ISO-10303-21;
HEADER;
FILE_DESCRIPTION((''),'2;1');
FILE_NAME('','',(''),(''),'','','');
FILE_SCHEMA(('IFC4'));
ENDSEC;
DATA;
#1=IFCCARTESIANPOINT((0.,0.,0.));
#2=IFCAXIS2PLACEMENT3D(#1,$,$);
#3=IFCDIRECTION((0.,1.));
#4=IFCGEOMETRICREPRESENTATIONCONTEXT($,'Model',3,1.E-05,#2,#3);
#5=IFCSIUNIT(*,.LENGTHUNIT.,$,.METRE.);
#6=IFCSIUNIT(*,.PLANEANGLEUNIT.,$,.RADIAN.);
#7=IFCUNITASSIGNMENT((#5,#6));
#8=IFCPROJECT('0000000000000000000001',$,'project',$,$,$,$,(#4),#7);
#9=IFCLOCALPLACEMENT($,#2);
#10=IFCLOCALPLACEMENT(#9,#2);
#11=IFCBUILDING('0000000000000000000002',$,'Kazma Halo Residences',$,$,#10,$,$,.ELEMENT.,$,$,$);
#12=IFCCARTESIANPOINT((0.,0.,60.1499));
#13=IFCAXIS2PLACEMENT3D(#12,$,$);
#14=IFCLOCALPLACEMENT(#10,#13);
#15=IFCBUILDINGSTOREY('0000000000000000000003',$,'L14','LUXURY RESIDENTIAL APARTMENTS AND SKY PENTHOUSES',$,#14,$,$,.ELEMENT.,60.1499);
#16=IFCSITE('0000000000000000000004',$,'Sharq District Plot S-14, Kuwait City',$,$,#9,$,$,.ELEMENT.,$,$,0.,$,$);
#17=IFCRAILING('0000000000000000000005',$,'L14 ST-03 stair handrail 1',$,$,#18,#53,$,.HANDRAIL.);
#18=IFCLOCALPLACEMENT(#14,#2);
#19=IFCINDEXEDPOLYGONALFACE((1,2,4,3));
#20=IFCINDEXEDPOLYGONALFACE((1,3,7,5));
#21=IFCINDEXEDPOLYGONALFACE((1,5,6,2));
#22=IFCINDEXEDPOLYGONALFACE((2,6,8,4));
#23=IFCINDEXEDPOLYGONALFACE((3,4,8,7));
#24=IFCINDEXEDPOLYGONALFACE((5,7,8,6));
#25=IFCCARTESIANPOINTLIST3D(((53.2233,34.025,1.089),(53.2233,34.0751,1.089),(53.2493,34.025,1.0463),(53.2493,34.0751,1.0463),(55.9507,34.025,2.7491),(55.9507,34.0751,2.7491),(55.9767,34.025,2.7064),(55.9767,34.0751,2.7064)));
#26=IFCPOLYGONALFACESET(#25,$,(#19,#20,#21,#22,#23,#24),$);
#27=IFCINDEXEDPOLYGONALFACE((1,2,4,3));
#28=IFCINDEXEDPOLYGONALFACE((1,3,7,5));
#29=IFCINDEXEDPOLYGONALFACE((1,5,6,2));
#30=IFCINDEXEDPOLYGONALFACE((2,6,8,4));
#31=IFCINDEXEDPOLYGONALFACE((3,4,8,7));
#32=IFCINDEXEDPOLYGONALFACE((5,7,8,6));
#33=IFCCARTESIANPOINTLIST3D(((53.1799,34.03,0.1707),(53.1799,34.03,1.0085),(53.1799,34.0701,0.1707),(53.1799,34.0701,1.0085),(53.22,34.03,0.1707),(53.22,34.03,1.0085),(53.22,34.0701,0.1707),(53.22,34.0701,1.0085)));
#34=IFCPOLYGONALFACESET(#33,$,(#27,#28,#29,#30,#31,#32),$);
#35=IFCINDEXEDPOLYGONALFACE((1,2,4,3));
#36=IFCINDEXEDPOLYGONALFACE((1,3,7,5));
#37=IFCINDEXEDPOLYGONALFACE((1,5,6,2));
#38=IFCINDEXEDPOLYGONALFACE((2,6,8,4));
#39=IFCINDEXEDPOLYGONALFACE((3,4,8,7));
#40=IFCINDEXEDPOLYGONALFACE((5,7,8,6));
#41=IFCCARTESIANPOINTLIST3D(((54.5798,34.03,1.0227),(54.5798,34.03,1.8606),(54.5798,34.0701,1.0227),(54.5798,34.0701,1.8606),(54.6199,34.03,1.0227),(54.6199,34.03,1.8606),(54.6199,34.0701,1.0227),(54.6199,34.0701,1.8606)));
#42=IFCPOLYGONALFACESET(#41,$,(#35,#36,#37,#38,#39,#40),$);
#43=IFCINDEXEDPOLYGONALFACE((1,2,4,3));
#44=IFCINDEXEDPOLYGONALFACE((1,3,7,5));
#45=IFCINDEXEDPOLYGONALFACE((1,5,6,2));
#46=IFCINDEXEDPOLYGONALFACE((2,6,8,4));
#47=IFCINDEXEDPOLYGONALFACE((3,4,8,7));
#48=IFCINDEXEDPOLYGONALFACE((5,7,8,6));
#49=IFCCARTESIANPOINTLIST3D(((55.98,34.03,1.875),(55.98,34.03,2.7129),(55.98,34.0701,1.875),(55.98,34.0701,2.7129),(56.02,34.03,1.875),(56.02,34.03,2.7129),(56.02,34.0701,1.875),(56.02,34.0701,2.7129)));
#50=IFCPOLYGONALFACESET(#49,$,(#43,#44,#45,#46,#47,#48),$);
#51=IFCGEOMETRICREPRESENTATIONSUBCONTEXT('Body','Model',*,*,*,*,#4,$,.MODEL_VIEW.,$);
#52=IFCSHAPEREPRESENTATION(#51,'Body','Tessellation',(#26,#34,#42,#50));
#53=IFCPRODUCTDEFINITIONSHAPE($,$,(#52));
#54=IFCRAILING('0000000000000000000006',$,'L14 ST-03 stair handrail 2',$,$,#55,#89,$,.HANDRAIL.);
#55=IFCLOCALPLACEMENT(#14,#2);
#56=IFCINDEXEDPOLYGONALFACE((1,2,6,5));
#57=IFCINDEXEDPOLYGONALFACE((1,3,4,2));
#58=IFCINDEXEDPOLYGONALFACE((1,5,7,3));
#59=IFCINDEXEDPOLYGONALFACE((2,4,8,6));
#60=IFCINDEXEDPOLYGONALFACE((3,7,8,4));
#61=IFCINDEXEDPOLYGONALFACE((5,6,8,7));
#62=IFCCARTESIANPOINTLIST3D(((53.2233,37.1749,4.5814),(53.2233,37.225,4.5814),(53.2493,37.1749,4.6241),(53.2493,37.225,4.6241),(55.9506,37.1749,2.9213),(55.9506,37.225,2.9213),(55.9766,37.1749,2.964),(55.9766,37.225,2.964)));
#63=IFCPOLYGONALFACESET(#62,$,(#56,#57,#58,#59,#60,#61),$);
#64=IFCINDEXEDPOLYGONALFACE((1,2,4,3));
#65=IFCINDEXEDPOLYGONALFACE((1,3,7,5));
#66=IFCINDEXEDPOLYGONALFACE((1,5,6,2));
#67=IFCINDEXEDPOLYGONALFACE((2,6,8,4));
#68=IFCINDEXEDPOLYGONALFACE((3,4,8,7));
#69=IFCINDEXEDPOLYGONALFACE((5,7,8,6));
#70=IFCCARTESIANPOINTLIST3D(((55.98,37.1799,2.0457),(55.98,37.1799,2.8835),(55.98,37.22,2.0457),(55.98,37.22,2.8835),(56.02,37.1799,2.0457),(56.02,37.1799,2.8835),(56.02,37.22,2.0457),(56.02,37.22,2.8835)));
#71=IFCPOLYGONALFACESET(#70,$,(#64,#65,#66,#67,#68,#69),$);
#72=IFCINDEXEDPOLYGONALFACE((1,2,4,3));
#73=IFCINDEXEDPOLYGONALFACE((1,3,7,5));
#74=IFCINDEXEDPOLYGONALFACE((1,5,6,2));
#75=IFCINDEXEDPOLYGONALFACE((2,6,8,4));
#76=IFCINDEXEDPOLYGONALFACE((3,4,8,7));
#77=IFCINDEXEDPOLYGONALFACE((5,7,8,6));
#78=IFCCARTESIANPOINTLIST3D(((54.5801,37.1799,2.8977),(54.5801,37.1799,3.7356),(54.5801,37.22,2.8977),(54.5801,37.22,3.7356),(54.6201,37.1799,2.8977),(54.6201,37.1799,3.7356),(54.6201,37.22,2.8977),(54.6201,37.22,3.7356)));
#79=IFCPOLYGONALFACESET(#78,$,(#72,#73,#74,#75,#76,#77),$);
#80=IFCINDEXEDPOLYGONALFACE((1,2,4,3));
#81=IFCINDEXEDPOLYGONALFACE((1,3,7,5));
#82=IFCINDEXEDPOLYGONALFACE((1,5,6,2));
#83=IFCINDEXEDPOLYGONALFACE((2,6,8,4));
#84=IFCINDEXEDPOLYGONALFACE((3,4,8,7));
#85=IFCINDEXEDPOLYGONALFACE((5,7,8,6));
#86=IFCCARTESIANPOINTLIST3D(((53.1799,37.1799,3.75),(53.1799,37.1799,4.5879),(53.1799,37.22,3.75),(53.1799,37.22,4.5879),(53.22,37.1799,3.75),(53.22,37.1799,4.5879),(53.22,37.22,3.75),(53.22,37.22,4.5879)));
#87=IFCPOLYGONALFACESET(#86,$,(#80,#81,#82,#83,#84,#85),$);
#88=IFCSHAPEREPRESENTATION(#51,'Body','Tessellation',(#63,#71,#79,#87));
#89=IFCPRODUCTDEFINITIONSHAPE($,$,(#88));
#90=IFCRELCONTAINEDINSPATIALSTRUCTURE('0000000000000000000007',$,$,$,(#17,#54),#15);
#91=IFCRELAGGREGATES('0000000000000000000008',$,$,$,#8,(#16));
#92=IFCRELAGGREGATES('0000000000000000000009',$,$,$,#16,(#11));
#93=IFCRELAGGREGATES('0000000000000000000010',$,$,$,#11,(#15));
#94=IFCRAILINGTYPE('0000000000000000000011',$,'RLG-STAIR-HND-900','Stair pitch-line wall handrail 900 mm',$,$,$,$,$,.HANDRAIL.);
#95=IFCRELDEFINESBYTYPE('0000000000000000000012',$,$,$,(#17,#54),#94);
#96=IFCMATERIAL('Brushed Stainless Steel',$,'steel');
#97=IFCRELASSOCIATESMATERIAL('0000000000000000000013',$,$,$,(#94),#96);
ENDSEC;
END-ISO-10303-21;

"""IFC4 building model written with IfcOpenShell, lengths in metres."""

from ifc_helpers import new_model, si_unit, direction, frame, origin, origin_2d, place, context, subcontext, project, spatial, rectangle, extrude, material, type_object, element, save


model = new_model("IFC4")

# Units and contexts
model_context = context("Model", 3, precision=1e-05, world=origin(), true_north=direction((0.0, 1.0)))
body_context = subcontext(model_context, "Body", "Model", "MODEL_VIEW")
ifc_project = project(units=[si_unit("LENGTHUNIT", "METRE"), si_unit("PLANEANGLEUNIT", "RADIAN")], contexts=[model_context])

# Site, building, storey
site_placement = place(None, origin())
site = spatial("IfcSite", under=ifc_project, at=site_placement, Name="Sharq District Plot S-14, Kuwait City", CompositionType="ELEMENT", RefElevation=0.0)
building_placement = place(site_placement, origin())
building = spatial("IfcBuilding", under=site, at=building_placement, Name="Kazma Halo Residences", CompositionType="ELEMENT")
storey_placement = place(building_placement, frame((0.0, 0.0, 60.1499)))
storey = spatial("IfcBuildingStorey", under=building, at=storey_placement, Name="L14", Description="LUXURY RESIDENTIAL APARTMENTS AND SKY PENTHOUSES", CompositionType="ELEMENT", Elevation=60.1499)

# Railings
ifc_material_1 = material(Name="Brushed Stainless Steel", Category="steel")
railing_type_1 = type_object("IfcRailingType", Name="RLG-STAIR-HND-900", Description="Stair pitch-line wall handrail 900 mm", PredefinedType="HANDRAIL", material=ifc_material_1)
railing_1_placement = place(storey_placement, frame((53.2, 34.05, 0.1707)))
element("IfcRailing", 1, at=railing_1_placement, inside=storey, type_object=railing_type_1, Name="L14 ST-03 stair handrail 1", PredefinedType="HANDRAIL", context=body_context, shape_type="SweptSolid", body=[
    extrude(rectangle(XDim=0.05, YDim=0.05, at=origin_2d()), frame((0.0364, 0.0, 0.897), z_axis=(0.854203, 0.0, 0.51994), x_axis=(0.0, 1.0, 0.0)), (0.0, 0.0, 1.0), 3.1929),
    extrude(rectangle(XDim=0.04, YDim=0.04, at=origin_2d()), origin(), (0.0, 0.0, 1.0), 0.8379),
    extrude(rectangle(XDim=0.04, YDim=0.04, at=origin_2d()), frame((1.3999, 0.0, 0.8521)), (0.0, 0.0, 1.0), 0.8379),
    extrude(rectangle(XDim=0.04, YDim=0.04, at=origin_2d()), frame((2.8, 0.0, 1.7043)), (0.0, 0.0, 1.0), 0.8379),
])
railing_2_placement = place(storey_placement, frame((56.0, 37.2, 2.0457)))
element("IfcRailing", 2, at=railing_2_placement, inside=storey, type_object=railing_type_1, Name="L14 ST-03 stair handrail 2", PredefinedType="HANDRAIL", context=body_context, shape_type="SweptSolid", body=[
    extrude(rectangle(XDim=0.05, YDim=0.05, at=origin_2d()), frame((-0.0364, 0.0, 0.897), z_axis=(-0.854203, 0.0, 0.51994), x_axis=(0.0, -1.0, 0.0)), (0.0, 0.0, 1.0), 3.1929),
    extrude(rectangle(XDim=0.04, YDim=0.04, at=origin_2d()), origin(), (0.0, 0.0, 1.0), 0.8379),
    extrude(rectangle(XDim=0.04, YDim=0.04, at=origin_2d()), frame((-1.3999, 0.0, 0.8521)), (0.0, 0.0, 1.0), 0.8379),
    extrude(rectangle(XDim=0.04, YDim=0.04, at=origin_2d()), frame((-2.8, 0.0, 1.7043)), (0.0, 0.0, 1.0), 0.8379),
])

save(model, "model.ifc")
